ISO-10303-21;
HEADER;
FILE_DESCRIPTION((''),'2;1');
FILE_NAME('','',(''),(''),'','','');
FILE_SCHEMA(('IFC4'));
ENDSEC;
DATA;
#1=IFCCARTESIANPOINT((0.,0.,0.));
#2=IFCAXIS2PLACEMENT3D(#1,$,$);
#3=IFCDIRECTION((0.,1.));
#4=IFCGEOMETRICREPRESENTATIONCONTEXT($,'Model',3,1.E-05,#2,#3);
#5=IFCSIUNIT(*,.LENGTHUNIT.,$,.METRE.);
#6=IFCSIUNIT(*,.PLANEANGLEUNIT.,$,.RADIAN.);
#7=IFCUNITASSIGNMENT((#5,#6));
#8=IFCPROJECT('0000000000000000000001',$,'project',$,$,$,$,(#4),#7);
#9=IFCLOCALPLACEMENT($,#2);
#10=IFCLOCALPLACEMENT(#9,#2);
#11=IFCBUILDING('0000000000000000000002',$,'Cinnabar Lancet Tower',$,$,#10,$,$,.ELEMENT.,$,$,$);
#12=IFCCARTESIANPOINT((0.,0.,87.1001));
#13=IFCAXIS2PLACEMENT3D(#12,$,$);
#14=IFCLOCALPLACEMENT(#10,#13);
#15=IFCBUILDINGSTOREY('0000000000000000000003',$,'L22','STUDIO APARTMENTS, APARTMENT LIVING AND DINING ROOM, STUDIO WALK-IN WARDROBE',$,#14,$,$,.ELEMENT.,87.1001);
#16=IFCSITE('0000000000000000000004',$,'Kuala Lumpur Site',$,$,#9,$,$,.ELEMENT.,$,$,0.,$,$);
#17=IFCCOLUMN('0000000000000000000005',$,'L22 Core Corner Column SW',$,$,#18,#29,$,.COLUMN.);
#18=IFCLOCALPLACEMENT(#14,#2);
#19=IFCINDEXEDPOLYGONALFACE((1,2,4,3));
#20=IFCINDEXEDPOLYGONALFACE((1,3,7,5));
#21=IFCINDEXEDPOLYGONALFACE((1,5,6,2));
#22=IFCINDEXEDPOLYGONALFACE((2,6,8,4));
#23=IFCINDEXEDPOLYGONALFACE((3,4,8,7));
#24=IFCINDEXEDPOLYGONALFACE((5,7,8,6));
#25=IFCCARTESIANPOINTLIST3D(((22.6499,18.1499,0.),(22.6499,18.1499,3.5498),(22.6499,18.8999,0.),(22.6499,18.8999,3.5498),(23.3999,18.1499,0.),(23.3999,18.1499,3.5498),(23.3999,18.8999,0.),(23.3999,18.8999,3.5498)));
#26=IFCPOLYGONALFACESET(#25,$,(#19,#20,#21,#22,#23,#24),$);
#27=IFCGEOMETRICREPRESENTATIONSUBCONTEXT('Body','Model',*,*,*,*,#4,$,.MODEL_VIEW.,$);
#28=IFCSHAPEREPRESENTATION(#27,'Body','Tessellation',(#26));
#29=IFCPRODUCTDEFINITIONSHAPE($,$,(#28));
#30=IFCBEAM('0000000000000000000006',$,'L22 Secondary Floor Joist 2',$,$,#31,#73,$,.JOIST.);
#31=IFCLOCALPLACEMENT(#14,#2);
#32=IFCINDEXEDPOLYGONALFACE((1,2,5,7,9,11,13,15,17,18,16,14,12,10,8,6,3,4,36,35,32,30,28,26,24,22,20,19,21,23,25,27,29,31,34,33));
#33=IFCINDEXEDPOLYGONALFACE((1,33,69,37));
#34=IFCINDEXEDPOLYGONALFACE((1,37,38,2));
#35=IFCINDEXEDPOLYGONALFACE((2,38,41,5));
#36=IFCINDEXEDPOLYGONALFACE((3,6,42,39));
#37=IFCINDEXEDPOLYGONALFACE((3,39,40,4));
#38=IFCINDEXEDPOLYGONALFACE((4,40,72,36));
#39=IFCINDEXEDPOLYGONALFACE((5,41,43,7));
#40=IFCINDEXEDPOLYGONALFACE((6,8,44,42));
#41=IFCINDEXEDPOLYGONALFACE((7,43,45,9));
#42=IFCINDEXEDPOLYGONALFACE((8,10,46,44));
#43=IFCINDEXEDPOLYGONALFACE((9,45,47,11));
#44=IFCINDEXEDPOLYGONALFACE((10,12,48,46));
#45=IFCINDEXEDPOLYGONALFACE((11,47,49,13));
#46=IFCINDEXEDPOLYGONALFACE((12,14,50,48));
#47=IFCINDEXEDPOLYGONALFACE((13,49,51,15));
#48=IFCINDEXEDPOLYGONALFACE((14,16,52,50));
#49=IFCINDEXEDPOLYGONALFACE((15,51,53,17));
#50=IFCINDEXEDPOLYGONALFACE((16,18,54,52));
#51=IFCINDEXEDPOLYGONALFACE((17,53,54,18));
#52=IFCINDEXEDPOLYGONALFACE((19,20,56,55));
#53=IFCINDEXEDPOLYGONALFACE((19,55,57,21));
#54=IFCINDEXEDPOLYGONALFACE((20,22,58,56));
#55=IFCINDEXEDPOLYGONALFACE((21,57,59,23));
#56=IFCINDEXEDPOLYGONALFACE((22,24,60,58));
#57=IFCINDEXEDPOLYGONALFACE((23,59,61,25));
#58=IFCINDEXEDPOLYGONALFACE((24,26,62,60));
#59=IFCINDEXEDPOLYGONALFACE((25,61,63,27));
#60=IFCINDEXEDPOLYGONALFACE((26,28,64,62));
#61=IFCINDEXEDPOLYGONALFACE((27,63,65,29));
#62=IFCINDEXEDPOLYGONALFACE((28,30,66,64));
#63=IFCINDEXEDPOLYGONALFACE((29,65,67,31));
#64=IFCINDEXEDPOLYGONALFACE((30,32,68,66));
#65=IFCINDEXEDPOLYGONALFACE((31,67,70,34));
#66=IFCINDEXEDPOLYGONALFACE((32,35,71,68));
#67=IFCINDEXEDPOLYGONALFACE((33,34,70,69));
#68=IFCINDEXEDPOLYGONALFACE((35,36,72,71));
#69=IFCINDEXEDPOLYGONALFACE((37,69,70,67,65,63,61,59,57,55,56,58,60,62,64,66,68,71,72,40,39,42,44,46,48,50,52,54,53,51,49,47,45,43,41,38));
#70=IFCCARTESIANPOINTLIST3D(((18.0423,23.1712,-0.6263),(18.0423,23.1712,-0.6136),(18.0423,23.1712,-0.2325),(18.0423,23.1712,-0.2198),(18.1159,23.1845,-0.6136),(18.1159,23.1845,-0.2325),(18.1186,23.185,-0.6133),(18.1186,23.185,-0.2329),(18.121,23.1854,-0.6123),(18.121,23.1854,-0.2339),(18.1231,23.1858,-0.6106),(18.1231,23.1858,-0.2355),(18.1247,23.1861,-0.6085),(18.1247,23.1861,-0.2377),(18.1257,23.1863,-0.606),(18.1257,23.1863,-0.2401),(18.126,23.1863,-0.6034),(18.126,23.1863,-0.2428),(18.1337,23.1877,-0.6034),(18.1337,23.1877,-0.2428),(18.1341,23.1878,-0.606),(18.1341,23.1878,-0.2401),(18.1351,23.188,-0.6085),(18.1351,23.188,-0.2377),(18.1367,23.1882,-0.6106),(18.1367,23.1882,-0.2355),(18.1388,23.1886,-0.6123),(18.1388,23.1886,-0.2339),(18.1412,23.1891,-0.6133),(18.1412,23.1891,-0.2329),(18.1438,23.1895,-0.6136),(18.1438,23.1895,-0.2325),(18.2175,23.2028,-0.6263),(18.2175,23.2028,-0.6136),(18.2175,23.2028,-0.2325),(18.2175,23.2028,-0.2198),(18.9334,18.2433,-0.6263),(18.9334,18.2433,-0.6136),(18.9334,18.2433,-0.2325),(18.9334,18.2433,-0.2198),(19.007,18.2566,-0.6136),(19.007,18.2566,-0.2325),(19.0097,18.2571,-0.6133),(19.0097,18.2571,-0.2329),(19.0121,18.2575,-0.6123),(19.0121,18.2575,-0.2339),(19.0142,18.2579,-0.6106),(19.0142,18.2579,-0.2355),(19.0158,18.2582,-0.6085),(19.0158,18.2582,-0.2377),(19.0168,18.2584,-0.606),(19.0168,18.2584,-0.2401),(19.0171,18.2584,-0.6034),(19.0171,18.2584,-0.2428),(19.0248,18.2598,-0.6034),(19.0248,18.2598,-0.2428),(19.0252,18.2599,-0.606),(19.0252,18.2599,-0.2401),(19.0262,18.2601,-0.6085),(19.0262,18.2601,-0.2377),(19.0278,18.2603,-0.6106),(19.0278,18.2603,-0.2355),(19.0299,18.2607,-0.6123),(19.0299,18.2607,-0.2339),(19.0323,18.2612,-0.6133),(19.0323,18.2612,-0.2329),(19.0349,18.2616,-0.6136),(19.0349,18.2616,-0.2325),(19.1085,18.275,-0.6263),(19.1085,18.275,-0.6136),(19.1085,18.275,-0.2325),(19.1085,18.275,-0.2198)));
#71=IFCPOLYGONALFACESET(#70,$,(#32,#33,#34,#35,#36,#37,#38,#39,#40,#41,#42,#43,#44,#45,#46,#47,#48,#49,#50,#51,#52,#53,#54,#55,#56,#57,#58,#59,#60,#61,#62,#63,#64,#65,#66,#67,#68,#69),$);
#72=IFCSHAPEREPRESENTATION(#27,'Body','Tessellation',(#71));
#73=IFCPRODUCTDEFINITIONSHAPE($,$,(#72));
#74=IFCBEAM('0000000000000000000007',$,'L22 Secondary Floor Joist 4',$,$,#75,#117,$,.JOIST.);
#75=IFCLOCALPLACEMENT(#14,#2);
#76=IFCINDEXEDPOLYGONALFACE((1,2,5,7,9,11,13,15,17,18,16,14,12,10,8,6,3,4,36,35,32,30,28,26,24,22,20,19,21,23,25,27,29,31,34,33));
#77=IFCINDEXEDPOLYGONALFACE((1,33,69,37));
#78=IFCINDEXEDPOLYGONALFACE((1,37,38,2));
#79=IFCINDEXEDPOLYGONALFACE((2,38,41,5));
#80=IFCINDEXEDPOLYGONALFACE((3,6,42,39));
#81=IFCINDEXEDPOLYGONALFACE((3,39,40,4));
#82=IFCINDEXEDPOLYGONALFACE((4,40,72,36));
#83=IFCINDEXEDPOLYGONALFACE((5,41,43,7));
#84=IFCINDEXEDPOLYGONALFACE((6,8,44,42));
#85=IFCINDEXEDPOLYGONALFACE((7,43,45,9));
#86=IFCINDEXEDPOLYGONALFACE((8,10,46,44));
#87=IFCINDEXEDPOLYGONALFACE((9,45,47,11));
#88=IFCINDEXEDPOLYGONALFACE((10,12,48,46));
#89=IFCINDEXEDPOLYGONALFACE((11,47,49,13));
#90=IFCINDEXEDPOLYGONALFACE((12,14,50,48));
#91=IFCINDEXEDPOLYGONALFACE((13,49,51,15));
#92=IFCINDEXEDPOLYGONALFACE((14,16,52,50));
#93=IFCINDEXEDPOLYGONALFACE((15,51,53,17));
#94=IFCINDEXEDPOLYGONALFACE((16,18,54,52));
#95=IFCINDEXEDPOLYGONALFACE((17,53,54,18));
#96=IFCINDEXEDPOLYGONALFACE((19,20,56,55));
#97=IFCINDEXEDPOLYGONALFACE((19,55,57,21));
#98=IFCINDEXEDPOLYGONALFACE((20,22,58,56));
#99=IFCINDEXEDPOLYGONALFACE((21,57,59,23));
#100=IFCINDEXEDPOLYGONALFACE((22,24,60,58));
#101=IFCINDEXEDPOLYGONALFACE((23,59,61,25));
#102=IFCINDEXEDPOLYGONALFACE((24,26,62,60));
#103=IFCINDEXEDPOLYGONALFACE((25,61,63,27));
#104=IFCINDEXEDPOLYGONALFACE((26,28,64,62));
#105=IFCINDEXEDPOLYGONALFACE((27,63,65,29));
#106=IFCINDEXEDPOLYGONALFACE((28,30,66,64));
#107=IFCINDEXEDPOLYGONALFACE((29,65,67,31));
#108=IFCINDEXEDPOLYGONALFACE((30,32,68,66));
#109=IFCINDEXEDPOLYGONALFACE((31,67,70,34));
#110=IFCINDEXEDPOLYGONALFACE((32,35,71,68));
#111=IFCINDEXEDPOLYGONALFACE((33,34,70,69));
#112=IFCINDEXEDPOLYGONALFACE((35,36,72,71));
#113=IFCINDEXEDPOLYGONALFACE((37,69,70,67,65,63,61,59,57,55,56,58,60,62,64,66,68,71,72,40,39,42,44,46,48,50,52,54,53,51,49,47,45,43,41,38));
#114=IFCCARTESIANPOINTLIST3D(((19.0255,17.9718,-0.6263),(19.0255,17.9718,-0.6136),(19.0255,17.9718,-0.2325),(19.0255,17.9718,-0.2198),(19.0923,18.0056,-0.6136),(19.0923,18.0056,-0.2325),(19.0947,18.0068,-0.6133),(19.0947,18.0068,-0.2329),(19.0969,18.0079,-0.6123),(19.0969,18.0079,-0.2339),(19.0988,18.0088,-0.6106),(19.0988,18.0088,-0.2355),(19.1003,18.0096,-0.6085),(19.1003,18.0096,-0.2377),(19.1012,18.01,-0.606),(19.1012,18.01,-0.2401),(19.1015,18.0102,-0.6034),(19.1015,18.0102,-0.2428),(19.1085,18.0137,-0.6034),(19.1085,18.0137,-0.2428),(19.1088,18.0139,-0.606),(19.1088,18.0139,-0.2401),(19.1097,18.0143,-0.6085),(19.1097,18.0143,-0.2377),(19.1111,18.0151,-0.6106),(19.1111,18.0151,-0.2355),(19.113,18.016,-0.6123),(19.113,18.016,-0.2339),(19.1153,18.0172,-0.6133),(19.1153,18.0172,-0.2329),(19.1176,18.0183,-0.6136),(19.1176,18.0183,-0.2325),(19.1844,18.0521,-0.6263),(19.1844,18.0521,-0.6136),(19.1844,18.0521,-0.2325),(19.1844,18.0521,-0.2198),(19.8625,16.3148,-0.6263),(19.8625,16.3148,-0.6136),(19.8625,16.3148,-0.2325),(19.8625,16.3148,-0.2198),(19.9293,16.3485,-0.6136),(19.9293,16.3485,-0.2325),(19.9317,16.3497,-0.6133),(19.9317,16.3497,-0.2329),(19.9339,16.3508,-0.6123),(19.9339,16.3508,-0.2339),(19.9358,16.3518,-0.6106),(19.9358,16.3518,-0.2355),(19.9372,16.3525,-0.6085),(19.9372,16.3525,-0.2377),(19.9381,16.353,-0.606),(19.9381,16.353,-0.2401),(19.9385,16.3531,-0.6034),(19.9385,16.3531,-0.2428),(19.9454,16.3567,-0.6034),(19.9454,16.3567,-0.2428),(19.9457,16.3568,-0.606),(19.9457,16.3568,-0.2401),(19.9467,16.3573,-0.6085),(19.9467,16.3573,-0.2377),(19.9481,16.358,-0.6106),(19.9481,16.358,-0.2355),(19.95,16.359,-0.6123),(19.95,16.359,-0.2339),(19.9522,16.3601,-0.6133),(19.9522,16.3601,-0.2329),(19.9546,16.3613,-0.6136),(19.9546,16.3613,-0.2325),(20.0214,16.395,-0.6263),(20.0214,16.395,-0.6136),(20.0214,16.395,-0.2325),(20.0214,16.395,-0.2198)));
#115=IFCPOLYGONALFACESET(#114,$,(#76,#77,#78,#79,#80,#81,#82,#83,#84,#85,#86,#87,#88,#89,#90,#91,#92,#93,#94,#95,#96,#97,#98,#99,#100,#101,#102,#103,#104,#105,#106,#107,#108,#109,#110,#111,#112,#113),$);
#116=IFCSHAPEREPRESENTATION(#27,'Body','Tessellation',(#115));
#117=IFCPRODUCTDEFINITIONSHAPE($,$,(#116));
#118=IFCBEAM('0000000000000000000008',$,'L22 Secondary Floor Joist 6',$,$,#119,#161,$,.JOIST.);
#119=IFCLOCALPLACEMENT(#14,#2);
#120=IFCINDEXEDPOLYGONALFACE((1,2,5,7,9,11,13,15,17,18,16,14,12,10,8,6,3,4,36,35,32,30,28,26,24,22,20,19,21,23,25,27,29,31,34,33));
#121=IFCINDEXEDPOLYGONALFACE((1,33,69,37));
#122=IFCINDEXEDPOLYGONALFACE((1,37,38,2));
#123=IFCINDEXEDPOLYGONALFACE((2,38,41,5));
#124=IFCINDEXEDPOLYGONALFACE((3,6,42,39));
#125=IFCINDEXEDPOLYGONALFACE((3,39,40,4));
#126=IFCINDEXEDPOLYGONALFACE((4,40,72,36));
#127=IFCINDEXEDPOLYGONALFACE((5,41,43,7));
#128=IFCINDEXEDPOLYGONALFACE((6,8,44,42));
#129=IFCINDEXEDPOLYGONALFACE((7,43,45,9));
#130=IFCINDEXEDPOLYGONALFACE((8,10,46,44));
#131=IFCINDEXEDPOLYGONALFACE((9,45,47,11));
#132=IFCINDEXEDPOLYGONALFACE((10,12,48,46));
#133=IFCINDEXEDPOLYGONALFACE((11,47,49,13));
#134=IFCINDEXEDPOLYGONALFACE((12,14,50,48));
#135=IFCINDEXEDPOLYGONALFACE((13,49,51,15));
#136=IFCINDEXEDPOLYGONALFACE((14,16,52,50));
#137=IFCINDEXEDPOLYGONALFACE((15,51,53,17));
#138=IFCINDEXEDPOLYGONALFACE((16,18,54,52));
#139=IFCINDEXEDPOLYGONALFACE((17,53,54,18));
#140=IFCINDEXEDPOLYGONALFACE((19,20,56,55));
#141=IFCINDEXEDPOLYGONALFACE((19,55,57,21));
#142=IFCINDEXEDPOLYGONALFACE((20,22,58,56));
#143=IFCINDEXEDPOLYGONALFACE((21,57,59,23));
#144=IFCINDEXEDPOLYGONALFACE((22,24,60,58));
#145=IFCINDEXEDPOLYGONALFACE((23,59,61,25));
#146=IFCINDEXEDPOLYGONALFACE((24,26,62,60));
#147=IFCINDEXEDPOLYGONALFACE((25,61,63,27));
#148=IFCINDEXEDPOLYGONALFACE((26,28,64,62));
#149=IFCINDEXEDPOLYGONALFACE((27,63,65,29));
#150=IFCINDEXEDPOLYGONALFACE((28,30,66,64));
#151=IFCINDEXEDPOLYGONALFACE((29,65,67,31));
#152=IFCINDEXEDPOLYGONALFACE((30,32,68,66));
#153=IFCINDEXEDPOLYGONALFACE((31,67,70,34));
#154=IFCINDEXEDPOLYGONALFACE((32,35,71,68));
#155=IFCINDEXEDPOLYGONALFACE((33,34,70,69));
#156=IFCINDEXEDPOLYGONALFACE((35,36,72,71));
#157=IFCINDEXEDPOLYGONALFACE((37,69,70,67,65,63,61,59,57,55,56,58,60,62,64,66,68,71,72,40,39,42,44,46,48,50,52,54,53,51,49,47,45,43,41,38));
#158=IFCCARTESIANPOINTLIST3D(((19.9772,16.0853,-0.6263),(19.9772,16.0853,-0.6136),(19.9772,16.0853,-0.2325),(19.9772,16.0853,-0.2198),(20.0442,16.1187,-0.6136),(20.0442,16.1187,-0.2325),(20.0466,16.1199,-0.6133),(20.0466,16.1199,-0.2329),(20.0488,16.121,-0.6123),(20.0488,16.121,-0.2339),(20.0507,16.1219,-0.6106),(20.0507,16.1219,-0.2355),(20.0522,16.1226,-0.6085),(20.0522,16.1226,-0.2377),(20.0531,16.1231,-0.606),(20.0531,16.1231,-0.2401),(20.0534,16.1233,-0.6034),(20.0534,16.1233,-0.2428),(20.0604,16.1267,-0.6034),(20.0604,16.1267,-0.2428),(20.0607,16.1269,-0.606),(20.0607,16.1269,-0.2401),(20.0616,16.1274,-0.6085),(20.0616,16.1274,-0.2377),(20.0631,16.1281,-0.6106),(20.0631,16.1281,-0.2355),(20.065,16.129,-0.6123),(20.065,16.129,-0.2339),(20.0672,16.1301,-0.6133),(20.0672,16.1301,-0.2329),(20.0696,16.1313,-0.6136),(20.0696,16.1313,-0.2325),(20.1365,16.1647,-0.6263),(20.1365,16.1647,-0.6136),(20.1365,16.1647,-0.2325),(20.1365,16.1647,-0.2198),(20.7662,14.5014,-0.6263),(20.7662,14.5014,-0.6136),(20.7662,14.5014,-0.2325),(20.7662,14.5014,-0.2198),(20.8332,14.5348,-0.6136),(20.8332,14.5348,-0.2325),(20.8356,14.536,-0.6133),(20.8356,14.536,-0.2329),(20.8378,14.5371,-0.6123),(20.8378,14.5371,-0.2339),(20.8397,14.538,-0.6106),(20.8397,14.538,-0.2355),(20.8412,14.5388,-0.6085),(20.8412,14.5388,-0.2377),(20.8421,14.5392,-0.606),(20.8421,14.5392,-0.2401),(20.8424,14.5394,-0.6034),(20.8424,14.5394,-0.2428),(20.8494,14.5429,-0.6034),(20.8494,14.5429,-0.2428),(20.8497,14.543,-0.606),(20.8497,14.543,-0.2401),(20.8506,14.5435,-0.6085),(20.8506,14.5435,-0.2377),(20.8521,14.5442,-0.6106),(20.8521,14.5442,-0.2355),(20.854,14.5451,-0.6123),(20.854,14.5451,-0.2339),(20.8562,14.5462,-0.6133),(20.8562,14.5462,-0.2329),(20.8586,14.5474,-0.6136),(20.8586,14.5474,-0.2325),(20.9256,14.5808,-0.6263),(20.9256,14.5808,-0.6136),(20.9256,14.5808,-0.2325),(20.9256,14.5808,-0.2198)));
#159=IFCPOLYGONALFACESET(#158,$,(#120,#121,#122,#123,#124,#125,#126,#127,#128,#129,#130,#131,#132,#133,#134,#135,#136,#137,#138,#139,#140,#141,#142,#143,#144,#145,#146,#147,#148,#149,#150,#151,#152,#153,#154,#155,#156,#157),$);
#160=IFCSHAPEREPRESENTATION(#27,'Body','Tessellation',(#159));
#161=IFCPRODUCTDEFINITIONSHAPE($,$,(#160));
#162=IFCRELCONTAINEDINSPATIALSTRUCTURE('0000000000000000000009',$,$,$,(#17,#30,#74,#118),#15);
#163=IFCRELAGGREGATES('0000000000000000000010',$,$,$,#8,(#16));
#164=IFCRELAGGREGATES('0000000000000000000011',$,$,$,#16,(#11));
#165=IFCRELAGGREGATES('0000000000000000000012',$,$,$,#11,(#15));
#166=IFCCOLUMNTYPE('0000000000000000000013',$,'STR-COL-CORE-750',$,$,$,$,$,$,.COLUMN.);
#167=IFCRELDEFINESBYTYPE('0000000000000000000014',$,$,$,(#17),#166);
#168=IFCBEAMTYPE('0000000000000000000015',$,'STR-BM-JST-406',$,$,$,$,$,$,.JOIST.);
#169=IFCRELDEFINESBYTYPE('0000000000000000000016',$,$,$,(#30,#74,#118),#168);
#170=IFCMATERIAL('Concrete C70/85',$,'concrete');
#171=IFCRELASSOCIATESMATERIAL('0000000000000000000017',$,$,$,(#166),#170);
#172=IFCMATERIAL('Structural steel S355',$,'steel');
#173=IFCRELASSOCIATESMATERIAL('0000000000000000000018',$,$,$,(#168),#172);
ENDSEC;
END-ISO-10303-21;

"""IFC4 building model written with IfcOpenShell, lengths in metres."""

from ifc_helpers import new_model, si_unit, direction, frame, origin, origin_2d, place, context, subcontext, project, spatial, rectangle, i_section, extrude, material, material_profile, profile_set, type_object, element, save


model = new_model("IFC4")

# Units and contexts
model_context = context("Model", 3, precision=1e-05, world=origin(), true_north=direction((0.0, 1.0)))
body_context = subcontext(model_context, "Body", "Model", "MODEL_VIEW")
ifc_project = project(units=[si_unit("LENGTHUNIT", "METRE"), si_unit("PLANEANGLEUNIT", "RADIAN")], contexts=[model_context])

# Site, building, storey
site_placement = place(None, origin())
site = spatial("IfcSite", under=ifc_project, at=site_placement, Name="Kuala Lumpur Site", CompositionType="ELEMENT", RefElevation=0.0)
building_placement = place(site_placement, origin())
building = spatial("IfcBuilding", under=site, at=building_placement, Name="Cinnabar Lancet Tower", CompositionType="ELEMENT")
storey_placement = place(building_placement, frame((0.0, 0.0, 87.1001)))
storey = spatial("IfcBuildingStorey", under=building, at=storey_placement, Name="L22", Description="STUDIO APARTMENTS, APARTMENT LIVING AND DINING ROOM, STUDIO WALK-IN WARDROBE", CompositionType="ELEMENT", Elevation=87.1001)

# Column
ifc_material_1 = material(Name="Concrete C70/85", Category="concrete")
ifc_material_profile_1 = material_profile(ifc_material_1, rectangle(XDim=0.75, YDim=0.75, at=origin_2d()), Name="RC-COL 750x750")
ifc_profile_set_1 = profile_set([ifc_material_profile_1], Name="Concrete C70/85")
column_type = type_object("IfcColumnType", Name="STR-COL-CORE-750", PredefinedType="COLUMN", material=ifc_profile_set_1)
column_placement = place(storey_placement, frame((23.0249, 18.5249, 0.0), z_axis=(0.0, 0.0, 1.0), x_axis=(1.0, 0.0, 0.0)))
element("IfcColumn", 1, at=column_placement, inside=storey, type_object=column_type, Name="L22 Core Corner Column SW", PredefinedType="COLUMN", context=body_context, shape_type="SweptSolid", body=[
    extrude(rectangle(XDim=0.75, YDim=0.75, at=origin_2d()), origin(), (0.0, 0.0, 1.0), 3.5498),
])

# Beams
ifc_material_2 = material(Name="Structural steel S355", Category="steel")
ifc_material_profile_2 = material_profile(ifc_material_2, i_section(OverallWidth=0.178, OverallDepth=0.4065, WebThickness=0.0078, FlangeThickness=0.0127, FilletRadius=0.0103, at=origin_2d()), Name="UKB 406x178x60")
ifc_profile_set_2 = profile_set([ifc_material_profile_2], Name="Structural steel S355")
beam_type_1 = type_object("IfcBeamType", Name="STR-BM-JST-406", PredefinedType="JOIST", material=ifc_profile_set_2)
beam_1_placement = place(storey_placement, frame((18.1299, 23.187, -0.4231), z_axis=(0.177942, -0.984041, 0.0), x_axis=(0.984041, 0.177942, 0.0)))
element("IfcBeam", 2, at=beam_1_placement, inside=storey, type_object=beam_type_1, Name="L22 Secondary Floor Joist 2", PredefinedType="JOIST", context=body_context, shape_type="SweptSolid", body=[
    extrude(i_section(OverallWidth=0.178, OverallDepth=0.4065, WebThickness=0.0078, FlangeThickness=0.0127, FilletRadius=0.0103, at=origin_2d()), origin(), (0.0, 0.0, 1.0), 5.0078),
])
beam_2_placement = place(storey_placement, frame((19.105, 18.012, -0.4231), z_axis=(0.45084, -0.892605, 0.0), x_axis=(0.892605, 0.45084, 0.0)))
element("IfcBeam", 3, at=beam_2_placement, inside=storey, type_object=beam_type_1, Name="L22 Secondary Floor Joist 4", PredefinedType="JOIST", context=body_context, shape_type="SweptSolid", body=[
    extrude(i_section(OverallWidth=0.178, OverallDepth=0.4065, WebThickness=0.0078, FlangeThickness=0.0127, FilletRadius=0.0103, at=origin_2d()), origin(), (0.0, 0.0, 1.0), 1.8564),
])
beam_3_placement = place(storey_placement, frame((20.0569, 16.125, -0.4231), z_axis=(0.445889, -0.895088, 0.0), x_axis=(0.895088, 0.445889, 0.0)))
element("IfcBeam", 4, at=beam_3_placement, inside=storey, type_object=beam_type_1, Name="L22 Secondary Floor Joist 6", PredefinedType="JOIST", context=body_context, shape_type="SweptSolid", body=[
    extrude(i_section(OverallWidth=0.178, OverallDepth=0.4065, WebThickness=0.0078, FlangeThickness=0.0127, FilletRadius=0.0103, at=origin_2d()), origin(), (0.0, 0.0, 1.0), 1.7695),
])

save(model, "model.ifc")
